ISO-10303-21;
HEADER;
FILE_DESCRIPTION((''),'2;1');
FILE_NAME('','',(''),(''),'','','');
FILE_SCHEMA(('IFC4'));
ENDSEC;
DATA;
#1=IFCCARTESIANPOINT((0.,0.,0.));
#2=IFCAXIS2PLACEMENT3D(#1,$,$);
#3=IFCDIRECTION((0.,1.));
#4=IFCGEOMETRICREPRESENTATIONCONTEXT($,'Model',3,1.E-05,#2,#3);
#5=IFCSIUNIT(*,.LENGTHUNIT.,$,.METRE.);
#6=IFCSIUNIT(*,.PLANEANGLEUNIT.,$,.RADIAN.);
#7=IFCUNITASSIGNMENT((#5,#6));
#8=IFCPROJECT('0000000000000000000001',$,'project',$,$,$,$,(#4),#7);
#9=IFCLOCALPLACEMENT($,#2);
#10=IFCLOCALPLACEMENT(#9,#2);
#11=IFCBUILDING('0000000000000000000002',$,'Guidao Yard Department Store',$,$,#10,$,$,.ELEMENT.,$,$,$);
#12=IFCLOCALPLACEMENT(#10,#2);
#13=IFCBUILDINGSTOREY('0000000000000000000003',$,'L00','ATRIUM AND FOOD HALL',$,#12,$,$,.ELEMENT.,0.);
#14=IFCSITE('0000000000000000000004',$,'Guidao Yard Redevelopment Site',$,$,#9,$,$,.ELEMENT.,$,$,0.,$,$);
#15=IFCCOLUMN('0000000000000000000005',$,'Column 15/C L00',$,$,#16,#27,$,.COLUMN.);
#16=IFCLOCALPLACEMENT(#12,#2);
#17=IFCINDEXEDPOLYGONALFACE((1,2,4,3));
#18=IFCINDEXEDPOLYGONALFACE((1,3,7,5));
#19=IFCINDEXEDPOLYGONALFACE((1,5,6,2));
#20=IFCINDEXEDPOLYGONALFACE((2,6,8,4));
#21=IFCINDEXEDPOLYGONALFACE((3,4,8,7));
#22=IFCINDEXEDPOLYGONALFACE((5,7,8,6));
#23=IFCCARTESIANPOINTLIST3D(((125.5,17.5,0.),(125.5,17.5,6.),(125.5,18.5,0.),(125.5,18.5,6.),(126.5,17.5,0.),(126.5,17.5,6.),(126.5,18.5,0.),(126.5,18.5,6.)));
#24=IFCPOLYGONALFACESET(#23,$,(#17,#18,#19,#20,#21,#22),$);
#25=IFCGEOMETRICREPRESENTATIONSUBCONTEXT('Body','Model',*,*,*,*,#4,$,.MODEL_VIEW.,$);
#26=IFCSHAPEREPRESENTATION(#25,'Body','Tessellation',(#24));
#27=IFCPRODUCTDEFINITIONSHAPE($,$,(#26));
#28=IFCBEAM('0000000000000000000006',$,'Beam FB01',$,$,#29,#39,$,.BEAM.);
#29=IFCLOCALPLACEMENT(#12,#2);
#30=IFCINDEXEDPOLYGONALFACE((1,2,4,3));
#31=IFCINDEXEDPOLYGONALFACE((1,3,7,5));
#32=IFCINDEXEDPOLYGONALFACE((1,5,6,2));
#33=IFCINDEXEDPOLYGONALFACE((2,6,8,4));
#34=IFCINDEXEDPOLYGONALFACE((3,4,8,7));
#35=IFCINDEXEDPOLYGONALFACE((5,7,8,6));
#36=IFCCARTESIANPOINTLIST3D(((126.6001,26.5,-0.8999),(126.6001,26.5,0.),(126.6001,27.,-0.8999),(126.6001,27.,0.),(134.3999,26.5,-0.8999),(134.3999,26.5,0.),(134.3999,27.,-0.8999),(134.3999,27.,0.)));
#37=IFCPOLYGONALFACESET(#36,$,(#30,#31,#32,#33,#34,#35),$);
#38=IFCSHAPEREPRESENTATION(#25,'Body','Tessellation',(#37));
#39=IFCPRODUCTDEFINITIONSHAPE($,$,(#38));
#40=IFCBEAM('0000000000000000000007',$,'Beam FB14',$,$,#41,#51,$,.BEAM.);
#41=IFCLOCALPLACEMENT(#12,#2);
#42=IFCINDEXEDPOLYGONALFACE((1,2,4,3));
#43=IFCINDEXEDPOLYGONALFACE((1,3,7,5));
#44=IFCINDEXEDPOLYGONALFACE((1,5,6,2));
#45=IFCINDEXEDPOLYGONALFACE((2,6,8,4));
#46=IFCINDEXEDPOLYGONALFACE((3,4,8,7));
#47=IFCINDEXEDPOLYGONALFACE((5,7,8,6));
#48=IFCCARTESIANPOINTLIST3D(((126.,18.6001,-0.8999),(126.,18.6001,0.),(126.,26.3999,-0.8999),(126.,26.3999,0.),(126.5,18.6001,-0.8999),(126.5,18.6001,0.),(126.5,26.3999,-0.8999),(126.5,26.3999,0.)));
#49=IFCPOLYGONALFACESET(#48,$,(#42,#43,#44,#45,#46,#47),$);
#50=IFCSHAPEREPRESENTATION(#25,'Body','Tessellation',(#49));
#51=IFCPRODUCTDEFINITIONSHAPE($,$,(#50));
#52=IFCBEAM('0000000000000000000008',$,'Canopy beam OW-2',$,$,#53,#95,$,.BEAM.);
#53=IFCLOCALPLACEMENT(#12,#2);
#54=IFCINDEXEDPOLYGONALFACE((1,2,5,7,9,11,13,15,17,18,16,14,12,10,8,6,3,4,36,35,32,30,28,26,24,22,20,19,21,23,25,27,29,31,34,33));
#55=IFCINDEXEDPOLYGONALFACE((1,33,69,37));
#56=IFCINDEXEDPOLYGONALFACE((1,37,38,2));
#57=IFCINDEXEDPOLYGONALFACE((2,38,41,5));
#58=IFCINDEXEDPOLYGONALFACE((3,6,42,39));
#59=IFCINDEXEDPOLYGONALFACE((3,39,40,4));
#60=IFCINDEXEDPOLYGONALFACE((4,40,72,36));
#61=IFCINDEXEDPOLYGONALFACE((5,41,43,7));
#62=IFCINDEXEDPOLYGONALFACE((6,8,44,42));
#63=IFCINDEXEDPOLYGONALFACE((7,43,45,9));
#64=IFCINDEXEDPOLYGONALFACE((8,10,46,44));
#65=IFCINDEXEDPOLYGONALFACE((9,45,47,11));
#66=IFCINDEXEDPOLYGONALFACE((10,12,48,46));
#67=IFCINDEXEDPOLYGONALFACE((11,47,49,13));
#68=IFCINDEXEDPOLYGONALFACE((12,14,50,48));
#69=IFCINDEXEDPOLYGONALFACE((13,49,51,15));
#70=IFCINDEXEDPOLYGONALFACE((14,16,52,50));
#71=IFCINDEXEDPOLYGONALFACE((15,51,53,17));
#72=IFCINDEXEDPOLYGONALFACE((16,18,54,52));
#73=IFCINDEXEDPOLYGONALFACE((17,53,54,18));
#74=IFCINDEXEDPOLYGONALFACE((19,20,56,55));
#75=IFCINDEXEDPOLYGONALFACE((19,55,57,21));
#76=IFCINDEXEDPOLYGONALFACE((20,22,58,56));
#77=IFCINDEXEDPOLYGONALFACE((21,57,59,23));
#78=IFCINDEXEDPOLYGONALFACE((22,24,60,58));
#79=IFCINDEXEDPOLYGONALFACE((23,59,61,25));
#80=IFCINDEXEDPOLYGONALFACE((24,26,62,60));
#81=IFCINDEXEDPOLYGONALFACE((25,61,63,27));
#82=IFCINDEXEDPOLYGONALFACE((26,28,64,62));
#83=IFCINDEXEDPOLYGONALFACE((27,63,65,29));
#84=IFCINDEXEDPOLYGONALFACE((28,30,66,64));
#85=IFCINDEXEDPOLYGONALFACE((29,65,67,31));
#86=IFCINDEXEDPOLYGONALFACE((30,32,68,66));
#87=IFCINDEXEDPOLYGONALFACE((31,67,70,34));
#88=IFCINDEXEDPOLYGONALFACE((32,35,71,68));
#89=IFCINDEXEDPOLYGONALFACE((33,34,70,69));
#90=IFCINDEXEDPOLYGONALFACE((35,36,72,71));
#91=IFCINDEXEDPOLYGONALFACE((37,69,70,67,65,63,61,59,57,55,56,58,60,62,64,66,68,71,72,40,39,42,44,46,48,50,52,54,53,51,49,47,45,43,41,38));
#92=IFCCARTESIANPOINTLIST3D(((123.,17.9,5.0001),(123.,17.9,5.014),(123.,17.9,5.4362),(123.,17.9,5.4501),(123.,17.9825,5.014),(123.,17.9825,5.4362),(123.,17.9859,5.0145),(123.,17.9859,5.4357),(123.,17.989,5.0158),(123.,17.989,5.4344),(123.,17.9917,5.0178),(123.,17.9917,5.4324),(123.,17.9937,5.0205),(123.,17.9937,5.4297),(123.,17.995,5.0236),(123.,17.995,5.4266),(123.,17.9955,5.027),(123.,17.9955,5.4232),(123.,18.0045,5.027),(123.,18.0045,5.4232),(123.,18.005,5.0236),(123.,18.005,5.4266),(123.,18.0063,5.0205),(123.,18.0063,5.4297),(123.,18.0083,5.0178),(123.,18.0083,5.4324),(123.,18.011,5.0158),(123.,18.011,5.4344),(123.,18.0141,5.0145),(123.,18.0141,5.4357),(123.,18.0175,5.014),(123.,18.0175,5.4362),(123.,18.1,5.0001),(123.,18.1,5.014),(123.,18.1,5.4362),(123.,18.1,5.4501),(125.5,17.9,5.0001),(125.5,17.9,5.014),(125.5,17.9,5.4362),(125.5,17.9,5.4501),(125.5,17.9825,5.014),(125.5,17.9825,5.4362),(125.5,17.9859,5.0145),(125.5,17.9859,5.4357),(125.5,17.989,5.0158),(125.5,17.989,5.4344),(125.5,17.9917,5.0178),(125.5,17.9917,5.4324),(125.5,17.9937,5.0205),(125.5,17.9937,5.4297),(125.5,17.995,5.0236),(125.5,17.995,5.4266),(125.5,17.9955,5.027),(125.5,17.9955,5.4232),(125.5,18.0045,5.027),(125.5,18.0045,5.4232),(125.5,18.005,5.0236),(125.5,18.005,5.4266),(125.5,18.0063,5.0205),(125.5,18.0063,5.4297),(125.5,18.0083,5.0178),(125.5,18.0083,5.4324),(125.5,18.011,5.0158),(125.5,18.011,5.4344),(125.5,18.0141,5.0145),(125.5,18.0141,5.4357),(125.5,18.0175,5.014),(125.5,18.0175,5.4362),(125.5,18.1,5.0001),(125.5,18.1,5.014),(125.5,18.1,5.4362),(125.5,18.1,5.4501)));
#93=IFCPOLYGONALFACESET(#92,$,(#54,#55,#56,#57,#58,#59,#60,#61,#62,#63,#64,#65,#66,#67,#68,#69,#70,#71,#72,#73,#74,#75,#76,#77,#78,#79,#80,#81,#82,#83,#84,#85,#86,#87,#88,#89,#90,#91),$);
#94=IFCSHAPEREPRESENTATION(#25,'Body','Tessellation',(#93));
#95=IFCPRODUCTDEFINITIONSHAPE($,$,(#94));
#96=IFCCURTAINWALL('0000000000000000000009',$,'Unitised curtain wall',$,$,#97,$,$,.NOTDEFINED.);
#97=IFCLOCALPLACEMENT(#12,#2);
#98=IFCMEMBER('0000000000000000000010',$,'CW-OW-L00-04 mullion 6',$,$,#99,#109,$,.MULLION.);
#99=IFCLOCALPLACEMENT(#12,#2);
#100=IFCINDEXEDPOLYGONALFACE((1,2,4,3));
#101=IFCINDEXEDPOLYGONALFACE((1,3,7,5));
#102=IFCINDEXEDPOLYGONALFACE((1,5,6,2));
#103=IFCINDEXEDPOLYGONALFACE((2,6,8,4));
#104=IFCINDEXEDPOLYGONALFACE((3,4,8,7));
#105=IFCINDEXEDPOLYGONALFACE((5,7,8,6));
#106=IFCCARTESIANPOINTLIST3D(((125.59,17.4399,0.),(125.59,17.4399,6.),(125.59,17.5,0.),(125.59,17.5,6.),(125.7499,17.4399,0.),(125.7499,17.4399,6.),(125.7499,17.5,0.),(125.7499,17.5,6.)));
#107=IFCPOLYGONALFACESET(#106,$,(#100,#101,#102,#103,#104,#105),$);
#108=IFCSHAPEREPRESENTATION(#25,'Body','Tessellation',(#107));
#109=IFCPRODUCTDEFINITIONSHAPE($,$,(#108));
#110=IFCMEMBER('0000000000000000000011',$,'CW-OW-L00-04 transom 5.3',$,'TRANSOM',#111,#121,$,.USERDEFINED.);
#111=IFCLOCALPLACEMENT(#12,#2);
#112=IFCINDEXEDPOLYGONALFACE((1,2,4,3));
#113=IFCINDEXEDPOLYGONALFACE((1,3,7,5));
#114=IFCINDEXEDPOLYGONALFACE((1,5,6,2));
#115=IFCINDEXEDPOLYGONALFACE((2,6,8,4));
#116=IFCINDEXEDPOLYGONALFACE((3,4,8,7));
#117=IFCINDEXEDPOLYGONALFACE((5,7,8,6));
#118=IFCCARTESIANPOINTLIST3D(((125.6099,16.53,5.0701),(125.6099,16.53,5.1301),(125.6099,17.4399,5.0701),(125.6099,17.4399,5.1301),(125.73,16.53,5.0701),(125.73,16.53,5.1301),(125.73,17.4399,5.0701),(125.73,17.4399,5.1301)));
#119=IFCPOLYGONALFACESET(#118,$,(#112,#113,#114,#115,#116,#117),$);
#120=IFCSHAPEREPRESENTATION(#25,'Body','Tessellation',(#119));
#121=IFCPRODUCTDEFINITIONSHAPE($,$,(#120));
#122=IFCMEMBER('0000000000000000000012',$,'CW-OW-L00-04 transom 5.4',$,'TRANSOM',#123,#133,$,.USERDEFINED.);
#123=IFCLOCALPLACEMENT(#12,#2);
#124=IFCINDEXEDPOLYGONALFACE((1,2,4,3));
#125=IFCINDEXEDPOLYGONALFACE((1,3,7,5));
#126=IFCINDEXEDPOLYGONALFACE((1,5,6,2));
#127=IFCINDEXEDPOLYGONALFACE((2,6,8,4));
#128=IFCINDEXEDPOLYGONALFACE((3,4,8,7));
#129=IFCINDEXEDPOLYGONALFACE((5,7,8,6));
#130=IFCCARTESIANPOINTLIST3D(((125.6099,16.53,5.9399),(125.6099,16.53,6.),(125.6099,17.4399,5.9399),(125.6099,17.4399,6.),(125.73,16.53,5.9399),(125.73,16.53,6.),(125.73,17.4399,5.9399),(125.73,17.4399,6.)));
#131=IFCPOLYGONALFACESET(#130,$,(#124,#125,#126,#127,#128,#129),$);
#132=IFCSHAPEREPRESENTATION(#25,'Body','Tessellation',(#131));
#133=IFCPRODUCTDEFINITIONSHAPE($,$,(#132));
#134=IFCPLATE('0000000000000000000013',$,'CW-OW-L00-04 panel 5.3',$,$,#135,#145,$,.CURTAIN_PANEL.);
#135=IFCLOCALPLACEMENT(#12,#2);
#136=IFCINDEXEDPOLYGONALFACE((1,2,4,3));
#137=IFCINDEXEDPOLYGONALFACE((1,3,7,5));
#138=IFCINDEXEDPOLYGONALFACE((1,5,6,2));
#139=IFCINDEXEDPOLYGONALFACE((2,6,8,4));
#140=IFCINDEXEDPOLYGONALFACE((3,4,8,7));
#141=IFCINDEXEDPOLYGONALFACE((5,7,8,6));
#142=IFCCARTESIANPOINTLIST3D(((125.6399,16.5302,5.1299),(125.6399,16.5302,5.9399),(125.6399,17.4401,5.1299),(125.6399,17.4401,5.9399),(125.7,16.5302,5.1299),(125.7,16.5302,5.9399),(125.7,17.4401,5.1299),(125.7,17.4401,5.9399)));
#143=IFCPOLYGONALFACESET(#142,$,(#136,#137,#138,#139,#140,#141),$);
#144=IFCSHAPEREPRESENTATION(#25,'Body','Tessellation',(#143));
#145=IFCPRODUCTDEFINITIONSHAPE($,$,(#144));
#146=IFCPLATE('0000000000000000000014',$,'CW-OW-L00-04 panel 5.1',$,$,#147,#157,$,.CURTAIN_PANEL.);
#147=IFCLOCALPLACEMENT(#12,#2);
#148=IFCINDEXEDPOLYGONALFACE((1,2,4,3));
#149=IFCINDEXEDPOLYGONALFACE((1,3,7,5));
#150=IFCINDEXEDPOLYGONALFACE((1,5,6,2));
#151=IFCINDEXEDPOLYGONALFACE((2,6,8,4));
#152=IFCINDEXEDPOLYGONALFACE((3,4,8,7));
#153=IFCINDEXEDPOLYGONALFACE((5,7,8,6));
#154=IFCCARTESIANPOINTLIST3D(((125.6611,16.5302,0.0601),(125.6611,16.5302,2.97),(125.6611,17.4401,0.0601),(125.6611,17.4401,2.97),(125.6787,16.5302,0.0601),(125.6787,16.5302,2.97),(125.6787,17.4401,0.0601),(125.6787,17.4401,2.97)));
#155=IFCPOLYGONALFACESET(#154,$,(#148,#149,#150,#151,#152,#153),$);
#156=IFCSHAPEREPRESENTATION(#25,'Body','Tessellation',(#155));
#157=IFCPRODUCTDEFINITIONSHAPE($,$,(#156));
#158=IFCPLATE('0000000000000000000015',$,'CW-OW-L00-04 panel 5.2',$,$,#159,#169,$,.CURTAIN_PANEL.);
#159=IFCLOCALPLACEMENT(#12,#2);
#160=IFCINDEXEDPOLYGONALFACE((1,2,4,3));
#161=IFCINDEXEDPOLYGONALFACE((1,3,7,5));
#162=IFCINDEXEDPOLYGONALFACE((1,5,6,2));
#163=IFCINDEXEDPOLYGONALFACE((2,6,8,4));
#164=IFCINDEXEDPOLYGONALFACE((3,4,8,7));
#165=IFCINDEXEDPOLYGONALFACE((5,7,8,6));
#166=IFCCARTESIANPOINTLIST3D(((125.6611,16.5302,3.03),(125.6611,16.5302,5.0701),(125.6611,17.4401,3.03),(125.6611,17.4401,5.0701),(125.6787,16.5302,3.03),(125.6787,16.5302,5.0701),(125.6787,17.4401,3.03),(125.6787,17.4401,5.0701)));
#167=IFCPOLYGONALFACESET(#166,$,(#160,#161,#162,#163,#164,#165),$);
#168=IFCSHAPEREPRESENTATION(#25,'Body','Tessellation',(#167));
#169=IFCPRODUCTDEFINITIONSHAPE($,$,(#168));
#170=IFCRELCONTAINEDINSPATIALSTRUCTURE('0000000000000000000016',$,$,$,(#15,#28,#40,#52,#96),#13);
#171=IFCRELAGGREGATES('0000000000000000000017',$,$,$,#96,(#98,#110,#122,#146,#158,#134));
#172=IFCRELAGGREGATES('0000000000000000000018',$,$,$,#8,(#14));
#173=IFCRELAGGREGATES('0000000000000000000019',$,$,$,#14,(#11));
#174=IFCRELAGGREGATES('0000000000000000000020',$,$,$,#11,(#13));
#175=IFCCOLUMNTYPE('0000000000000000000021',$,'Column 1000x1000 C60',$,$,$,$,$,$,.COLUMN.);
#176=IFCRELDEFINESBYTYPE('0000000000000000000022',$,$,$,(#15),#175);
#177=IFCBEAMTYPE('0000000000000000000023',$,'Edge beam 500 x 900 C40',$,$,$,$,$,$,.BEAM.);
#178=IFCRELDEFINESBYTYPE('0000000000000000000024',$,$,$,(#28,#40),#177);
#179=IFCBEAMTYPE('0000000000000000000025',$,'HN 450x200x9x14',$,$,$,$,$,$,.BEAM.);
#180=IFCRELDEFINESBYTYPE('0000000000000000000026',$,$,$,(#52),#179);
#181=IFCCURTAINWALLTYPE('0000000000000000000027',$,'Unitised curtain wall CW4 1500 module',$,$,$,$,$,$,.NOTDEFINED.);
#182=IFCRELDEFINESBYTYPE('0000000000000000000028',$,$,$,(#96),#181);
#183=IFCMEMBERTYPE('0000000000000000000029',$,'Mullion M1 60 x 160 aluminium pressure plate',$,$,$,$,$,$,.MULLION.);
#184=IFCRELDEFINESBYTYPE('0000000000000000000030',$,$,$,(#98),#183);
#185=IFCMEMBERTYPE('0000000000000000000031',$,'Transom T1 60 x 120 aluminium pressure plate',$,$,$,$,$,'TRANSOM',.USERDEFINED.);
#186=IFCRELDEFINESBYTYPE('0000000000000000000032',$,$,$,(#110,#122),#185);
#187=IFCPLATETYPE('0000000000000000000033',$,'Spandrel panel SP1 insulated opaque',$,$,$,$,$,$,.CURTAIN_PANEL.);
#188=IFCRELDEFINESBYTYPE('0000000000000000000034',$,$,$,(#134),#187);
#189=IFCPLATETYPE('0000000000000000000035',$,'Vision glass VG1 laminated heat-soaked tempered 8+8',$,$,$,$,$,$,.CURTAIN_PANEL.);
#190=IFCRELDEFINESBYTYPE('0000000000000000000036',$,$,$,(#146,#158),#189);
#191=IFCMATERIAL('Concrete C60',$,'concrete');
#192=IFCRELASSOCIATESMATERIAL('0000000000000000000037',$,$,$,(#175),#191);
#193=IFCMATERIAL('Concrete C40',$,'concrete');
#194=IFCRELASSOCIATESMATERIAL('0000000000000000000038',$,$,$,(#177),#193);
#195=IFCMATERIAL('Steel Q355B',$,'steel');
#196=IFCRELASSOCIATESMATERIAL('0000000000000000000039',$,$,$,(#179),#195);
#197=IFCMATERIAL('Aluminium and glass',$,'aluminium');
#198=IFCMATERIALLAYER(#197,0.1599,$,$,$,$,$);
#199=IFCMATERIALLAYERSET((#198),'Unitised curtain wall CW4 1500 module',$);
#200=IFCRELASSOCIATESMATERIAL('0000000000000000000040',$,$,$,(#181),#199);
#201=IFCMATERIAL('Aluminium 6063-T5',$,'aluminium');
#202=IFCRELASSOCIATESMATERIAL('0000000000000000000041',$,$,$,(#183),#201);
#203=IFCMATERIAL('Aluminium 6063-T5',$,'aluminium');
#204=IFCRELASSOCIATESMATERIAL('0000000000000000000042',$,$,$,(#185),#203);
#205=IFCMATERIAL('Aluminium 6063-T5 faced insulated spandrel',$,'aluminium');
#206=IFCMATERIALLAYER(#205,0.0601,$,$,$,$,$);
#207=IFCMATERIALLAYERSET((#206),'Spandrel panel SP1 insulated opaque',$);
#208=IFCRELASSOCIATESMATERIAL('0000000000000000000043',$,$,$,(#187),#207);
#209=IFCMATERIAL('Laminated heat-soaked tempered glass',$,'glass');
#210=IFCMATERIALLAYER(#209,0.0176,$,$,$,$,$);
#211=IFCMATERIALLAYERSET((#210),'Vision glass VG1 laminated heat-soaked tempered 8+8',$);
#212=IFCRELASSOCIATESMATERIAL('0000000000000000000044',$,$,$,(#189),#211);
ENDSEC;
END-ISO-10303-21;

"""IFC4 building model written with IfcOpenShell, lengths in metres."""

from ifc_helpers import new_model, si_unit, direction, frame, origin, origin_2d, place, context, subcontext, project, spatial, rectangle, i_section, extrude, material, layer, layer_set, material_profile, profile_set, type_object, element, aggregate, save


model = new_model("IFC4")

# Units and contexts
model_context = context("Model", 3, precision=1e-05, world=origin(), true_north=direction((0.0, 1.0)))
body_context = subcontext(model_context, "Body", "Model", "MODEL_VIEW")
ifc_project = project(units=[si_unit("LENGTHUNIT", "METRE"), si_unit("PLANEANGLEUNIT", "RADIAN")], contexts=[model_context])

# Site, building, storey
site_placement = place(None, origin())
site = spatial("IfcSite", under=ifc_project, at=site_placement, Name="Guidao Yard Redevelopment Site", CompositionType="ELEMENT", RefElevation=0.0)
building_placement = place(site_placement, origin())
building = spatial("IfcBuilding", under=site, at=building_placement, Name="Guidao Yard Department Store", CompositionType="ELEMENT")
storey_placement = place(building_placement, origin())
storey = spatial("IfcBuildingStorey", under=building, at=storey_placement, Name="L00", Description="ATRIUM AND FOOD HALL", CompositionType="ELEMENT", Elevation=0.0)

# Column
ifc_material_1 = material(Name="Concrete C60", Category="concrete")
ifc_material_profile_1 = material_profile(ifc_material_1, rectangle(XDim=1.0, YDim=1.0, at=origin_2d()), Name="COL 1000x1000")
ifc_profile_set_1 = profile_set([ifc_material_profile_1], Name="Concrete C60")
column_type = type_object("IfcColumnType", Name="Column 1000x1000 C60", PredefinedType="COLUMN", material=ifc_profile_set_1)
column_placement = place(storey_placement, frame((126.0, 18.0, 0.0), z_axis=(0.0, 0.0, 1.0), x_axis=(1.0, 0.0, 0.0)))
element("IfcColumn", 1, at=column_placement, inside=storey, type_object=column_type, Name="Column 15/C L00", PredefinedType="COLUMN", context=body_context, shape_type="SweptSolid", body=[
    extrude(rectangle(XDim=1.0, YDim=1.0, at=origin_2d()), origin(), (0.0, 0.0, 1.0), 6.0),
])

# Beams
ifc_material_2 = material(Name="Concrete C40", Category="concrete")
ifc_material_profile_2 = material_profile(ifc_material_2, rectangle(XDim=0.5, YDim=0.8999, at=origin_2d()), Name="Edge beam 500 x 900 C40")
ifc_profile_set_2 = profile_set([ifc_material_profile_2], Name="Concrete C40")
beam_type_1 = type_object("IfcBeamType", Name="Edge beam 500 x 900 C40", PredefinedType="BEAM", material=ifc_profile_set_2)
for number, where, z_axis, x_axis, name in (
    (2, (126.6001, 26.75, -0.45), (1.0, 0.0, 0.0), (0.0, 1.0, 0.0), "Beam FB01"),
    (3, (126.25, 18.6001, -0.45), (0.0, 1.0, 0.0), (-1.0, 0.0, 0.0), "Beam FB14"),
):
    element("IfcBeam", number, at=place(storey_placement, frame(where, z_axis=z_axis, x_axis=x_axis)), inside=storey, type_object=beam_type_1, Name=name, PredefinedType="BEAM", context=body_context, shape_type="SweptSolid", body=[
        extrude(rectangle(XDim=0.5, YDim=0.8999, at=origin_2d()), origin(), (0.0, 0.0, 1.0), 7.7998),
    ])
ifc_material_3 = material(Name="Steel Q355B", Category="steel")
ifc_material_profile_3 = material_profile(ifc_material_3, i_section(OverallWidth=0.2, OverallDepth=0.45, WebThickness=0.009, FlangeThickness=0.0139, FilletRadius=0.0129, at=origin_2d()), Name="HN 450x200x9x14")
ifc_profile_set_3 = profile_set([ifc_material_profile_3], Name="Steel Q355B")
beam_type_2 = type_object("IfcBeamType", Name="HN 450x200x9x14", PredefinedType="BEAM", material=ifc_profile_set_3)
beam_placement = place(storey_placement, frame((125.5, 18.0, 5.2251), z_axis=(-1.0, 0.0, 0.0), x_axis=(0.0, -1.0, 0.0)))
element("IfcBeam", 4, at=beam_placement, inside=storey, type_object=beam_type_2, Name="Canopy beam OW-2", PredefinedType="BEAM", context=body_context, shape_type="SweptSolid", body=[
    extrude(i_section(OverallWidth=0.2, OverallDepth=0.45, WebThickness=0.009, FlangeThickness=0.0139, FilletRadius=0.0129, at=origin_2d()), origin(), (0.0, 0.0, 1.0), 2.5),
])

# Curtain wall, members, plates
ifc_material_4 = material(Name="Aluminium and glass", Category="aluminium")
ifc_layer_1 = layer(ifc_material_4, 0.1599)
ifc_layer_set_1 = layer_set([ifc_layer_1], Name="Unitised curtain wall CW4 1500 module")
curtain_wall_type = type_object("IfcCurtainWallType", Name="Unitised curtain wall CW4 1500 module", PredefinedType="NOTDEFINED", material=ifc_layer_set_1)
curtain_wall_placement = place(storey_placement, origin())
curtain_wall = element("IfcCurtainWall", 5, at=curtain_wall_placement, inside=storey, type_object=curtain_wall_type, Name="Unitised curtain wall", PredefinedType="NOTDEFINED")
ifc_material_5 = material(Name="Aluminium 6063-T5", Category="aluminium")
ifc_material_profile_4 = material_profile(ifc_material_5, rectangle(XDim=0.0601, YDim=0.1599, at=origin_2d()), Name="Mullion M1 60 x 160 aluminium pressure plate")
ifc_profile_set_4 = profile_set([ifc_material_profile_4], Name="Aluminium 6063-T5")
member_type_1 = type_object("IfcMemberType", Name="Mullion M1 60 x 160 aluminium pressure plate", PredefinedType="MULLION", material=ifc_profile_set_4)
member_1_placement = place(storey_placement, frame((125.6699, 17.47, 0.0), z_axis=(0.0, 0.0, 1.0), x_axis=(0.0, 1.0, 0.0)))
member_1 = element("IfcMember", 6, at=member_1_placement, type_object=member_type_1, Name="CW-OW-L00-04 mullion 6", PredefinedType="MULLION", context=body_context, shape_type="SweptSolid", body=[
    extrude(rectangle(XDim=0.0601, YDim=0.1599, at=origin_2d()), origin(), (0.0, 0.0, 1.0), 6.0),
])
ifc_material_6 = material(Name="Aluminium 6063-T5", Category="aluminium")
ifc_material_profile_5 = material_profile(ifc_material_6, rectangle(XDim=0.1201, YDim=0.0601, at=origin_2d()), Name="Transom T1 60 x 120 aluminium pressure plate")
ifc_profile_set_5 = profile_set([ifc_material_profile_5], Name="Aluminium 6063-T5")
member_type_2 = type_object("IfcMemberType", Name="Transom T1 60 x 120 aluminium pressure plate", ElementType="TRANSOM", PredefinedType="USERDEFINED", material=ifc_profile_set_5)
member_2_placement = place(storey_placement, frame((125.6699, 16.53, 5.1001), z_axis=(0.0, 1.0, 0.0), x_axis=(-1.0, 0.0, 0.0)))
member_2 = element("IfcMember", 7, at=member_2_placement, type_object=member_type_2, Name="CW-OW-L00-04 transom 5.3", ObjectType="TRANSOM", PredefinedType="USERDEFINED", context=body_context, shape_type="SweptSolid", body=[
    extrude(rectangle(XDim=0.1201, YDim=0.0601, at=origin_2d()), origin(), (0.0, 0.0, 1.0), 0.9099),
])
member_3_placement = place(storey_placement, frame((125.6699, 16.53, 5.97), z_axis=(0.0, 1.0, 0.0), x_axis=(-1.0, 0.0, 0.0)))
member_3 = element("IfcMember", 8, at=member_3_placement, type_object=member_type_2, Name="CW-OW-L00-04 transom 5.4", ObjectType="TRANSOM", PredefinedType="USERDEFINED", context=body_context, shape_type="SweptSolid", body=[
    extrude(rectangle(XDim=0.1201, YDim=0.0601, at=origin_2d()), origin(), (0.0, 0.0, 1.0), 0.9099),
])
ifc_material_7 = material(Name="Aluminium 6063-T5 faced insulated spandrel", Category="aluminium")
ifc_layer_2 = layer(ifc_material_7, 0.0601)
ifc_layer_set_2 = layer_set([ifc_layer_2], Name="Spandrel panel SP1 insulated opaque")
plate_type_1 = type_object("IfcPlateType", Name="Spandrel panel SP1 insulated opaque", PredefinedType="CURTAIN_PANEL", material=ifc_layer_set_2)
plate_1_placement = place(storey_placement, frame((125.6699, 16.9851, 5.1299), z_axis=(0.0, 0.0, 1.0), x_axis=(0.0, 1.0, 0.0)))
plate_1 = element("IfcPlate", 9, at=plate_1_placement, type_object=plate_type_1, Name="CW-OW-L00-04 panel 5.3", PredefinedType="CURTAIN_PANEL", context=body_context, shape_type="SweptSolid", body=[
    extrude(rectangle(XDim=0.9099, YDim=0.0601, at=origin_2d()), origin(), (0.0, 0.0, 1.0), 0.8101),
])
ifc_material_8 = material(Name="Laminated heat-soaked tempered glass", Category="glass")
ifc_layer_3 = layer(ifc_material_8, 0.0176)
ifc_layer_set_3 = layer_set([ifc_layer_3], Name="Vision glass VG1 laminated heat-soaked tempered 8+8")
plate_type_2 = type_object("IfcPlateType", Name="Vision glass VG1 laminated heat-soaked tempered 8+8", PredefinedType="CURTAIN_PANEL", material=ifc_layer_set_3)
plate_2_placement = place(storey_placement, frame((125.6699, 16.9851, 0.0601), z_axis=(0.0, 0.0, 1.0), x_axis=(0.0, 1.0, 0.0)))
plate_2 = element("IfcPlate", 10, at=plate_2_placement, type_object=plate_type_2, Name="CW-OW-L00-04 panel 5.1", PredefinedType="CURTAIN_PANEL", context=body_context, shape_type="SweptSolid", body=[
    extrude(rectangle(XDim=0.9099, YDim=0.0176, at=origin_2d()), origin(), (0.0, 0.0, 1.0), 2.9099),
])
plate_3_placement = place(storey_placement, frame((125.6699, 16.9851, 3.03), z_axis=(0.0, 0.0, 1.0), x_axis=(0.0, 1.0, 0.0)))
plate_3 = element("IfcPlate", 11, at=plate_3_placement, type_object=plate_type_2, Name="CW-OW-L00-04 panel 5.2", PredefinedType="CURTAIN_PANEL", context=body_context, shape_type="SweptSolid", body=[
    extrude(rectangle(XDim=0.9099, YDim=0.0176, at=origin_2d()), origin(), (0.0, 0.0, 1.0), 2.04),
])
aggregate(curtain_wall, [member_1, member_2, member_3, plate_2, plate_3, plate_1])

save(model, "model.ifc")
